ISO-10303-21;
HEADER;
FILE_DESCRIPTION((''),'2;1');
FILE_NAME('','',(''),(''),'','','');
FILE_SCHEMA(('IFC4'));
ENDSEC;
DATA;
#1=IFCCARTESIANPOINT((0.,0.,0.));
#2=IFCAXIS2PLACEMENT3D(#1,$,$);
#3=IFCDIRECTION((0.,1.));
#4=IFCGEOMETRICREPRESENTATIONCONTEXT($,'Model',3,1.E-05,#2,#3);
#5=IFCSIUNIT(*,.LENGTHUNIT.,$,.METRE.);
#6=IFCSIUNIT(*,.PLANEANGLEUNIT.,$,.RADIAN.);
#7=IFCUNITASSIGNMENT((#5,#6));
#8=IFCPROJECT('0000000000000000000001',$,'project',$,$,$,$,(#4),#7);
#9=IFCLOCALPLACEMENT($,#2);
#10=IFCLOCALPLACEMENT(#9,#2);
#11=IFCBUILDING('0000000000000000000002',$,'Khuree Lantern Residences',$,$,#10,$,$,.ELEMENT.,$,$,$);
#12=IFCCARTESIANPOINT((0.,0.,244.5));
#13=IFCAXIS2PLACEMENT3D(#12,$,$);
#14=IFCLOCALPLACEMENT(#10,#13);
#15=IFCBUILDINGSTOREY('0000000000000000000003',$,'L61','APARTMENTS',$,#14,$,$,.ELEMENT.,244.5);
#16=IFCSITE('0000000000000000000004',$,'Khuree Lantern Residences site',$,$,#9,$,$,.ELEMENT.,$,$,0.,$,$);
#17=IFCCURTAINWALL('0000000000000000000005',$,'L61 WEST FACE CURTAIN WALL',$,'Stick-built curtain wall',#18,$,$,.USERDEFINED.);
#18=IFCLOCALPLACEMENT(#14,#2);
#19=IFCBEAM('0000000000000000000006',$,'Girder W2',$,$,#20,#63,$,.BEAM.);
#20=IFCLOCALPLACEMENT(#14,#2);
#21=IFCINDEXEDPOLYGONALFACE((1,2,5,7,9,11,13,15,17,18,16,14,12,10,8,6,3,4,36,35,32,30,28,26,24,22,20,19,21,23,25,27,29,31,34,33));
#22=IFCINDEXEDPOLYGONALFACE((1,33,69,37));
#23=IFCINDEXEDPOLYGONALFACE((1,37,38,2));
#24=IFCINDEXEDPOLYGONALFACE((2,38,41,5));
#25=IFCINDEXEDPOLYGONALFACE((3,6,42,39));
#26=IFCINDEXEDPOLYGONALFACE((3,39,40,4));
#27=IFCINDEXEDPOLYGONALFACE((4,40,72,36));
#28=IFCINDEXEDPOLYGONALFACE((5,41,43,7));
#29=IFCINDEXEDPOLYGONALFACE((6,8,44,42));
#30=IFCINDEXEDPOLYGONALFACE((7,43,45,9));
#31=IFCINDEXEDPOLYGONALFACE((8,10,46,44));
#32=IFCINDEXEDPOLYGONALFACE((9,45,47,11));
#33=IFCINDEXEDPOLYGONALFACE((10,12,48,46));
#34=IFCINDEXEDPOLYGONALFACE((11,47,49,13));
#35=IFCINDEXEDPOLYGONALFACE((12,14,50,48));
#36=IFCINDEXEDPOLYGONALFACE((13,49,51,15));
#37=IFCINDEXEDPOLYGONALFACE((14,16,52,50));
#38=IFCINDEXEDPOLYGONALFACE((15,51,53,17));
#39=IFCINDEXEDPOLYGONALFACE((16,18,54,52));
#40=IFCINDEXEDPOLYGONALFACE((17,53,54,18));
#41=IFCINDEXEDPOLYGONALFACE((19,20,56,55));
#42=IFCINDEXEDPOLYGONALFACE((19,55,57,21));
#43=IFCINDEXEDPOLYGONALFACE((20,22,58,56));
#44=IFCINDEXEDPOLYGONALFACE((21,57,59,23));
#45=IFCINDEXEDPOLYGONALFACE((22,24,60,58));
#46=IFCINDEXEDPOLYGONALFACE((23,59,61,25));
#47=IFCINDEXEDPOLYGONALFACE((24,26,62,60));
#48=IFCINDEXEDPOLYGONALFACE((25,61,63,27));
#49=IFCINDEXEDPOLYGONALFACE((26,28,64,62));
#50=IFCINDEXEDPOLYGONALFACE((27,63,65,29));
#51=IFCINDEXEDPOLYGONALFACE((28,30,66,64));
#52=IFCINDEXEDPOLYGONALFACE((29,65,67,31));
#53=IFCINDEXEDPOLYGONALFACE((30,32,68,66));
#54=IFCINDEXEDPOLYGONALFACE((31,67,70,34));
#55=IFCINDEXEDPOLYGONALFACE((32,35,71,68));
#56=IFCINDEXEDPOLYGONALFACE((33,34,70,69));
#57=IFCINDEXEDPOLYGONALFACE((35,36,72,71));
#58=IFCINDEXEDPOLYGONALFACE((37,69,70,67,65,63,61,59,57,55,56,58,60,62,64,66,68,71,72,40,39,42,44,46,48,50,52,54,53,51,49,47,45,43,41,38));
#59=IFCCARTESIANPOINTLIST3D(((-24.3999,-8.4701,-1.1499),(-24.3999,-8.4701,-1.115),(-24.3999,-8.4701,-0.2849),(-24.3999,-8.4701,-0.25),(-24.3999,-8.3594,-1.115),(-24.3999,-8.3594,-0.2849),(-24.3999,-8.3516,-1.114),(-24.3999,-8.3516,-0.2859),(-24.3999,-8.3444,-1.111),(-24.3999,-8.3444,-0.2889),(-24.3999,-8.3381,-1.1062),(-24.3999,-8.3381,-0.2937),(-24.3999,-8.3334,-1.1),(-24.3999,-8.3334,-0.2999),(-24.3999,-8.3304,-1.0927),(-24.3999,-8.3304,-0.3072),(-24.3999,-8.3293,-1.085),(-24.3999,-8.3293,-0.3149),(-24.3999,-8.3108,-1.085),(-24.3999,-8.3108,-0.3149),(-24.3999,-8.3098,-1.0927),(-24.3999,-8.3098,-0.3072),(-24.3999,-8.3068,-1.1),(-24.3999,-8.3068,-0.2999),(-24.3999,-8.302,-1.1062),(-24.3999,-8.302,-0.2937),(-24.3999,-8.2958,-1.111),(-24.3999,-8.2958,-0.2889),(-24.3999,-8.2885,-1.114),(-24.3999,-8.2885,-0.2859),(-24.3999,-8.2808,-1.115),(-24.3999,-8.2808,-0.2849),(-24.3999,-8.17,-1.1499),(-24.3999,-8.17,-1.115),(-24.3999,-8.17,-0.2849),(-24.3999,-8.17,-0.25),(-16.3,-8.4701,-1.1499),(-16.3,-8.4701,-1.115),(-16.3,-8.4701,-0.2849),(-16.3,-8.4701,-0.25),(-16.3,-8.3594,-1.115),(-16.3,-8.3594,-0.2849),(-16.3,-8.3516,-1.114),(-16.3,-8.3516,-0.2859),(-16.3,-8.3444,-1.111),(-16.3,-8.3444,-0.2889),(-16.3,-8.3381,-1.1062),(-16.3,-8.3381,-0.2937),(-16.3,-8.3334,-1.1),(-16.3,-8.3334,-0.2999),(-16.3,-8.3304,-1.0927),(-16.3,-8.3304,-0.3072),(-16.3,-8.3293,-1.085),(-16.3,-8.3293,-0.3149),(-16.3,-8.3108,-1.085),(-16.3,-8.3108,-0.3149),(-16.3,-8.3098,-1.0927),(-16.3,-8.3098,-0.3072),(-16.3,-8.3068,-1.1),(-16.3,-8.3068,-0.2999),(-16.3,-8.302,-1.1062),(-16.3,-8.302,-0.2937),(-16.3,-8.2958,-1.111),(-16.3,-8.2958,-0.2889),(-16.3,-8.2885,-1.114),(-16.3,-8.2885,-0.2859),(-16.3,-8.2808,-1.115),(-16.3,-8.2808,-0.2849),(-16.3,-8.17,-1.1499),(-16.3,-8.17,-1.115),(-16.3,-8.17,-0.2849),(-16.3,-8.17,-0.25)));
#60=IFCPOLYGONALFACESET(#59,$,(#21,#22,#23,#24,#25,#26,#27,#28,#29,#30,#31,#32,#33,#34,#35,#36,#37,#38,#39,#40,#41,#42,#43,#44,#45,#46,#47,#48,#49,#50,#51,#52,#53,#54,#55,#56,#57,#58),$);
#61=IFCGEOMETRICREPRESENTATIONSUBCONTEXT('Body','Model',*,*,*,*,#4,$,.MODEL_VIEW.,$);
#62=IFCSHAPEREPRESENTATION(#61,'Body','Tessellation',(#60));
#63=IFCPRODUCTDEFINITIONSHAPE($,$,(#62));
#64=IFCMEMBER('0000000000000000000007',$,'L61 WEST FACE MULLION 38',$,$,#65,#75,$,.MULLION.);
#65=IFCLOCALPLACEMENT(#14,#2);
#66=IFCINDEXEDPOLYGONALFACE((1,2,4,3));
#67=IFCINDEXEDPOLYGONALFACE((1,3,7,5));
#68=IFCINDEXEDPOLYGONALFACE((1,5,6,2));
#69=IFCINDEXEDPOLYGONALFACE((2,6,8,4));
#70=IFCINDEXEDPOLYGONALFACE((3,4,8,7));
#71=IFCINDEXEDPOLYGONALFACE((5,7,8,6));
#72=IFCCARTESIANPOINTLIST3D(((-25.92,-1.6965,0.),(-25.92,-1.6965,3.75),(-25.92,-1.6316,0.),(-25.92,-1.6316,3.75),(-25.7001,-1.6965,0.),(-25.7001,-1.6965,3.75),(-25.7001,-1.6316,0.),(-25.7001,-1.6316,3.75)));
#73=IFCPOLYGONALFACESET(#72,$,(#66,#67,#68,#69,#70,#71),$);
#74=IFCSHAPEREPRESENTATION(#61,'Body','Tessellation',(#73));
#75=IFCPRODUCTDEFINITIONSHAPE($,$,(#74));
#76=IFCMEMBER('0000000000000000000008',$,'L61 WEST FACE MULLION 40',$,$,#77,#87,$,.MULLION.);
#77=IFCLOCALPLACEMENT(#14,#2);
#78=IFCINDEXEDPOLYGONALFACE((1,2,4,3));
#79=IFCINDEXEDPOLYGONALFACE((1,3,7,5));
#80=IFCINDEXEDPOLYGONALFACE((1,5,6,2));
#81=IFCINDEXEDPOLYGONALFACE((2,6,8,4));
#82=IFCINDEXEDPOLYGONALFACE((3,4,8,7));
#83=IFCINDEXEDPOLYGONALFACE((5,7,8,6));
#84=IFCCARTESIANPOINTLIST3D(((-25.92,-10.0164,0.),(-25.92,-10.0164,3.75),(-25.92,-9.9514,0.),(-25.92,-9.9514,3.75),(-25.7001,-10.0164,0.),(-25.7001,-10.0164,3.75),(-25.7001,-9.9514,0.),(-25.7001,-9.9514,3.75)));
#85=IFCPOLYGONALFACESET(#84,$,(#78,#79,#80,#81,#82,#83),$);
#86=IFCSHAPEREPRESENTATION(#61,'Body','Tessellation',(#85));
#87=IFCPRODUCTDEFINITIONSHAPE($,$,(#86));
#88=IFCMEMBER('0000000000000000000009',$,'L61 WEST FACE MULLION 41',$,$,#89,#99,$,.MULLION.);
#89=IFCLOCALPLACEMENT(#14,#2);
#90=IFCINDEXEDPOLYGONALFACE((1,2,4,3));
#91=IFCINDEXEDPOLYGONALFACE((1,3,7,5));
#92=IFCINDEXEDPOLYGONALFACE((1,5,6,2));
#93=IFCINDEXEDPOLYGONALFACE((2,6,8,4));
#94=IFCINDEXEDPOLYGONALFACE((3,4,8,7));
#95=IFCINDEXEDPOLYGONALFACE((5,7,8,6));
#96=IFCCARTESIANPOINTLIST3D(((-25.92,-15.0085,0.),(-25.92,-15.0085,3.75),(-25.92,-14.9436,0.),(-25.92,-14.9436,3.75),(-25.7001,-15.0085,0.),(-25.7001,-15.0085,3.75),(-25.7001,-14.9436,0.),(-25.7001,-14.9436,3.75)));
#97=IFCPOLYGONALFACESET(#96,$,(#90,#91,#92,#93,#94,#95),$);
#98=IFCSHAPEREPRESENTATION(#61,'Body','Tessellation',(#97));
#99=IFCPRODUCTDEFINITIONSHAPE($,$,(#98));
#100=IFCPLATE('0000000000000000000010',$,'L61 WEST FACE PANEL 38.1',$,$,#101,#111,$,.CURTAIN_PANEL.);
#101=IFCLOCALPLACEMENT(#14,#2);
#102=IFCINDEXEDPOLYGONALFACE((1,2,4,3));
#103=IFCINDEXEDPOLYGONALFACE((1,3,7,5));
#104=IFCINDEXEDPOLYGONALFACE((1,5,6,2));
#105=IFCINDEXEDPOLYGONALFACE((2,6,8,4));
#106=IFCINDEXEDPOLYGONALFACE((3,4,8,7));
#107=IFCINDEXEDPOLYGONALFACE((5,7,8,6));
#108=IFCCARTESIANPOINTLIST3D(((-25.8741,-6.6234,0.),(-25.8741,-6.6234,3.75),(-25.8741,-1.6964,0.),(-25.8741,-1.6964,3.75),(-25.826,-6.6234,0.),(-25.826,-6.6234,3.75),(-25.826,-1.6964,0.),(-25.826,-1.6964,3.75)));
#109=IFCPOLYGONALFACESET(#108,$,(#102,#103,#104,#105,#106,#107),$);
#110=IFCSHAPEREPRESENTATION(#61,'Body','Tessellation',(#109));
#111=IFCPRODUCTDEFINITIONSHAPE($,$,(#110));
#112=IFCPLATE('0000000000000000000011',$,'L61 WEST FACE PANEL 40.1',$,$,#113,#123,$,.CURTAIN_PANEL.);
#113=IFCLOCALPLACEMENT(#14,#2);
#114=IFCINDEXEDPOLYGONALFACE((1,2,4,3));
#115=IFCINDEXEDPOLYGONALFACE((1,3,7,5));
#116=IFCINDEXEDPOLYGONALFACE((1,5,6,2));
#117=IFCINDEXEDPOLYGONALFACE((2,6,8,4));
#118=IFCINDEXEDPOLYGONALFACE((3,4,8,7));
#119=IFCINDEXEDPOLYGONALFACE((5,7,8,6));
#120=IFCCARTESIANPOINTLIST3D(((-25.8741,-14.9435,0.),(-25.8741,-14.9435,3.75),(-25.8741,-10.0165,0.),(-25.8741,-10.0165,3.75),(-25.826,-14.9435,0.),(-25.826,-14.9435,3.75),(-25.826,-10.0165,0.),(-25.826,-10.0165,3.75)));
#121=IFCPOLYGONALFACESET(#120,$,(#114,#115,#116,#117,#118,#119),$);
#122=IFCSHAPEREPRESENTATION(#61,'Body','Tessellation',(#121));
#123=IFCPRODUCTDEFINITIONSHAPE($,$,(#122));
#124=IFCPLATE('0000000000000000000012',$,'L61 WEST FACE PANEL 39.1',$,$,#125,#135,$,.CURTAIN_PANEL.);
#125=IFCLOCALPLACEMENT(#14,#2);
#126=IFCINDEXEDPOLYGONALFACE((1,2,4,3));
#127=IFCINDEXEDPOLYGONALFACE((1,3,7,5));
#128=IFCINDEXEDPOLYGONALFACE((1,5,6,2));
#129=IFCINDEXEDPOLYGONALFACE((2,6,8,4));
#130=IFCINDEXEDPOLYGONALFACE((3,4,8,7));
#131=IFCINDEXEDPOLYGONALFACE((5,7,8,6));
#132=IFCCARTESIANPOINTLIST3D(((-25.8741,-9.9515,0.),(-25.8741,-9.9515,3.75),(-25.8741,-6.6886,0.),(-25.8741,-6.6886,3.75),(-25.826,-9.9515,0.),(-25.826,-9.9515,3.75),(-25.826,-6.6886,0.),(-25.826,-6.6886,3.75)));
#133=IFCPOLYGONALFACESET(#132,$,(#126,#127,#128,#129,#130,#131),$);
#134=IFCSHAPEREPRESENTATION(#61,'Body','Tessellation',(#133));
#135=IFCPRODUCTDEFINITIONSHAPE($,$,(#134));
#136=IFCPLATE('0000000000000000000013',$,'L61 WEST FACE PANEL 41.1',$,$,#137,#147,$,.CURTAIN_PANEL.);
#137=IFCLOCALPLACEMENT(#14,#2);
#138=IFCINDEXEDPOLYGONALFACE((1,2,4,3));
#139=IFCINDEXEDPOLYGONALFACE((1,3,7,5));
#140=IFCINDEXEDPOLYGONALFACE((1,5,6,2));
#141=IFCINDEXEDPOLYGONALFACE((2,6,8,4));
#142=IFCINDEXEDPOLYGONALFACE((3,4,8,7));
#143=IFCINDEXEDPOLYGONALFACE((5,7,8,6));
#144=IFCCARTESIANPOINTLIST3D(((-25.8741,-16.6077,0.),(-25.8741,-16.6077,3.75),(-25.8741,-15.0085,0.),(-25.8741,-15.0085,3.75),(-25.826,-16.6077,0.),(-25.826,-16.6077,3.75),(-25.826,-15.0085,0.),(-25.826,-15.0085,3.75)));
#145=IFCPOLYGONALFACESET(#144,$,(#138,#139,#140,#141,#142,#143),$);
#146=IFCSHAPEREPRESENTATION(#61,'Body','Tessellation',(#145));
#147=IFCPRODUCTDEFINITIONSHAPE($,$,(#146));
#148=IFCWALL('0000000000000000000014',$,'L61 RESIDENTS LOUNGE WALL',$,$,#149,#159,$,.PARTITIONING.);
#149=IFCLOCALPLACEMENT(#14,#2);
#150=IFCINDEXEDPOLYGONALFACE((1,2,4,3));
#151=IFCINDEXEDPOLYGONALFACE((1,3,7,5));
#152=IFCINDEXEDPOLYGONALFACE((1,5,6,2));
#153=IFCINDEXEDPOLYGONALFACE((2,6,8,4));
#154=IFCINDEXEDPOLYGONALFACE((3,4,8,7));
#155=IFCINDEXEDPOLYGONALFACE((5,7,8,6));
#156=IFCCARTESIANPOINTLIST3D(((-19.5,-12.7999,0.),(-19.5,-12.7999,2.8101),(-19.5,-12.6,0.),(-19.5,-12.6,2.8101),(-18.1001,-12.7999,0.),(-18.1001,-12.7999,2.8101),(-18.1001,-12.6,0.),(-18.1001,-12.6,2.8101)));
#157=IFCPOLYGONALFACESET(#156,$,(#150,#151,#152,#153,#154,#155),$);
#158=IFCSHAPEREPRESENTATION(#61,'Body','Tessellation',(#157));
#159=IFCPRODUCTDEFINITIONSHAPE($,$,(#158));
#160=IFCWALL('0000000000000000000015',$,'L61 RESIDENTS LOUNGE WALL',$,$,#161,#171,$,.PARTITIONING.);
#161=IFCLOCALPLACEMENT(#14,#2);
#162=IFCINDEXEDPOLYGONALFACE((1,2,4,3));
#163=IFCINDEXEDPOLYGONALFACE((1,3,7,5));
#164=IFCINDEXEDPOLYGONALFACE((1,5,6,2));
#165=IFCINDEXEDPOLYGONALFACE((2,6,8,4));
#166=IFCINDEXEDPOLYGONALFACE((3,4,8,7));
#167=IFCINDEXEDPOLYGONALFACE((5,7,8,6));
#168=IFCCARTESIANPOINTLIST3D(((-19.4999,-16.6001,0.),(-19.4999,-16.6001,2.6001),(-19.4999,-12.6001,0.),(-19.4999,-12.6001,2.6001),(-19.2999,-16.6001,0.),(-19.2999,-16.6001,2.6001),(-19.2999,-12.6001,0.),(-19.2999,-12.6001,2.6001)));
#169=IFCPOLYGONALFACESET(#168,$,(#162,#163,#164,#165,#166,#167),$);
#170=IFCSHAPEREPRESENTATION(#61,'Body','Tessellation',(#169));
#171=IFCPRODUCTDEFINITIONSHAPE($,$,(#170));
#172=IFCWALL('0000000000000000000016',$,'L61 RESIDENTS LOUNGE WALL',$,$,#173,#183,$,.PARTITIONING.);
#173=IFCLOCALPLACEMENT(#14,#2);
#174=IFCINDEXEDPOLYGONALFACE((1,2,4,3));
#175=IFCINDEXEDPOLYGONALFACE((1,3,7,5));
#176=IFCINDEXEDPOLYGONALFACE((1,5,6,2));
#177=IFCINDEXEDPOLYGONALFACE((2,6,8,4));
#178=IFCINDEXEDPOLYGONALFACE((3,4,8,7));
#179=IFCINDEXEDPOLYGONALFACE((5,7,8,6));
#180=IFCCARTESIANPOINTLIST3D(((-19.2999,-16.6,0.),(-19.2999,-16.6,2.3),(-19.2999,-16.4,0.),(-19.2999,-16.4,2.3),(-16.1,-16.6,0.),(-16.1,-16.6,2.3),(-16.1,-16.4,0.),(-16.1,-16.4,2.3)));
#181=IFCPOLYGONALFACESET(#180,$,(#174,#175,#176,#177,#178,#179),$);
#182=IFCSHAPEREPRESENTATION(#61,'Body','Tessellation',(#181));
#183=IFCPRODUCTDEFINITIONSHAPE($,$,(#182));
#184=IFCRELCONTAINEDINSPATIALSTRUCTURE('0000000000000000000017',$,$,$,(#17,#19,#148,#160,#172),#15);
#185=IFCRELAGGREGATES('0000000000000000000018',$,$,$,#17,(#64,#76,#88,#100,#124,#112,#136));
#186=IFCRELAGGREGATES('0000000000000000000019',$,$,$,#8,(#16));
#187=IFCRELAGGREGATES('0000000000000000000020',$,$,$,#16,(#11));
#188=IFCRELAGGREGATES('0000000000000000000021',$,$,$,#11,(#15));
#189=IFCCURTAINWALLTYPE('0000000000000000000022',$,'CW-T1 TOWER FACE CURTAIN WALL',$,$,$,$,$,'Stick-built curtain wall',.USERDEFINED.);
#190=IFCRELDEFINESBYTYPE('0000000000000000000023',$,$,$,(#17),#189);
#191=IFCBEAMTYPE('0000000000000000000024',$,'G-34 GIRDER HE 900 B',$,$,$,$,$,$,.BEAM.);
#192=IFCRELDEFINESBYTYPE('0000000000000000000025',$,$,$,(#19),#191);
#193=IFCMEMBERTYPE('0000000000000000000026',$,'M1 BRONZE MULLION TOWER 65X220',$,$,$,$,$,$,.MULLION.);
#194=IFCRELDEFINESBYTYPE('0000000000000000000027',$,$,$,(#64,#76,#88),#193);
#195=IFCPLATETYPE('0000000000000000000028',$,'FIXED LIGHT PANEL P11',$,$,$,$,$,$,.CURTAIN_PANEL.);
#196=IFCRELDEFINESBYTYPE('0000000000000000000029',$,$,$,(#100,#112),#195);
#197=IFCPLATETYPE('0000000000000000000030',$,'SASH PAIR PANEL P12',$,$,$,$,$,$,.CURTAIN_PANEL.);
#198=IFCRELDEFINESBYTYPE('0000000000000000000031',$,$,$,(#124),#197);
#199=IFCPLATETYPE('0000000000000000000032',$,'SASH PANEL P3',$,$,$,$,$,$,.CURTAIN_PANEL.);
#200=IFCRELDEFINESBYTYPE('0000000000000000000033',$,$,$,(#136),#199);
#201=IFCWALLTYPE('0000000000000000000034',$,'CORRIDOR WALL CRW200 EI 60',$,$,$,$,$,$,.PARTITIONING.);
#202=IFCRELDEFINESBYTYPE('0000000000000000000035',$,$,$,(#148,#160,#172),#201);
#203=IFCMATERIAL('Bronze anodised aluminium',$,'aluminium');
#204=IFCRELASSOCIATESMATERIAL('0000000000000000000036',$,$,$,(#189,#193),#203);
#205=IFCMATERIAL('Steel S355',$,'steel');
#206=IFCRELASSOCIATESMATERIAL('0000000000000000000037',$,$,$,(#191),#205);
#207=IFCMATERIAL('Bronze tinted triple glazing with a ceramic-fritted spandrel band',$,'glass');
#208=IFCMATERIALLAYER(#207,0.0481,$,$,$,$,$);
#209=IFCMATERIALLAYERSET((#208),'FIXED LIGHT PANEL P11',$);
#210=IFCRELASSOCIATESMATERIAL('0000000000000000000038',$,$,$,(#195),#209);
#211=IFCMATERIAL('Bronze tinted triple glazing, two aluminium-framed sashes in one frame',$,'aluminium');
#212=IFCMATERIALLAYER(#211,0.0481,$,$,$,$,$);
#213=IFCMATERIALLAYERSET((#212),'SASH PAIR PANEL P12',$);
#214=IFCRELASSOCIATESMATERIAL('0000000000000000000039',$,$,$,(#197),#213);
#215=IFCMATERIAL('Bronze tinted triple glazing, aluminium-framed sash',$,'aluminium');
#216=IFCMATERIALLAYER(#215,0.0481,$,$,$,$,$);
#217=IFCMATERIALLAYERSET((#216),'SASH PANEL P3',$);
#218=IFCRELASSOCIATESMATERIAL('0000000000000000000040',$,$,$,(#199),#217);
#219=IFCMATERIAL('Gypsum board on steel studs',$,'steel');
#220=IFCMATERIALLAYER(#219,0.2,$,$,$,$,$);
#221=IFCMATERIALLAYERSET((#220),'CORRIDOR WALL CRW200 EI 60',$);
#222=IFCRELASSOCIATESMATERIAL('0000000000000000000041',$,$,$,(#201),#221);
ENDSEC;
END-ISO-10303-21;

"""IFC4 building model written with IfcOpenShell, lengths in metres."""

from ifc_helpers import new_model, si_unit, direction, frame, frame_2d, origin, origin_2d, place, context, subcontext, project, spatial, rectangle, i_section, extrude, material, layer, layer_set, material_profile, profile_set, type_object, element, aggregate, save


model = new_model("IFC4")

# Units and contexts
model_context = context("Model", 3, precision=1e-05, world=origin(), true_north=direction((0.0, 1.0)))
body_context = subcontext(model_context, "Body", "Model", "MODEL_VIEW")
ifc_project = project(units=[si_unit("LENGTHUNIT", "METRE"), si_unit("PLANEANGLEUNIT", "RADIAN")], contexts=[model_context])

# Site, building, storey
site_placement = place(None, origin())
site = spatial("IfcSite", under=ifc_project, at=site_placement, Name="Khuree Lantern Residences site", CompositionType="ELEMENT", RefElevation=0.0)
building_placement = place(site_placement, origin())
building = spatial("IfcBuilding", under=site, at=building_placement, Name="Khuree Lantern Residences", CompositionType="ELEMENT")
storey_placement = place(building_placement, frame((0.0, 0.0, 244.5)))
storey = spatial("IfcBuildingStorey", under=building, at=storey_placement, Name="L61", Description="APARTMENTS", CompositionType="ELEMENT", Elevation=244.5)

# Shared definitions
ifc_material_1 = material(Name="Steel S355", Category="steel")

# Curtain wall
ifc_material_2 = material(Name="Bronze anodised aluminium", Category="aluminium")
curtain_wall_type = type_object("IfcCurtainWallType", Name="CW-T1 TOWER FACE CURTAIN WALL", ElementType="Stick-built curtain wall", PredefinedType="USERDEFINED", material=ifc_material_2)
curtain_wall_placement = place(storey_placement, origin())
curtain_wall = element("IfcCurtainWall", 1, at=curtain_wall_placement, inside=storey, type_object=curtain_wall_type, Name="L61 WEST FACE CURTAIN WALL", ObjectType="Stick-built curtain wall", PredefinedType="USERDEFINED")

# Beam
ifc_material_profile_1 = material_profile(ifc_material_1, i_section(OverallWidth=0.3, OverallDepth=0.8999, WebThickness=0.0186, FlangeThickness=0.0349, FilletRadius=0.03, at=origin_2d()), Name="HE 900 B")
ifc_profile_set_1 = profile_set([ifc_material_profile_1], Name="Steel S355")
beam_type_1 = type_object("IfcBeamType", Name="G-34 GIRDER HE 900 B", PredefinedType="BEAM", material=ifc_profile_set_1)
beam_1_placement = place(storey_placement, frame((-24.3999, -8.3201, -0.7), z_axis=(1.0, 0.0, 0.0), x_axis=(0.0, 1.0, 0.0)))
element("IfcBeam", 2, at=beam_1_placement, inside=storey, type_object=beam_type_1, Name="Girder W2", PredefinedType="BEAM", context=body_context, shape_type="SweptSolid", body=[
    extrude(i_section(OverallWidth=0.3, OverallDepth=0.8999, WebThickness=0.0186, FlangeThickness=0.0349, FilletRadius=0.03, at=origin_2d()), origin(), (0.0, 0.0, 1.0), 8.0999),
])

# Members
ifc_material_profile_2 = material_profile(ifc_material_2, rectangle(XDim=0.0649, YDim=0.22, at=origin_2d()), Name="M1 65X220")
ifc_profile_set_2 = profile_set([ifc_material_profile_2], Name="Bronze anodised aluminium")
member_type_1 = type_object("IfcMemberType", Name="M1 BRONZE MULLION TOWER 65X220", PredefinedType="MULLION", material=ifc_profile_set_2)
member_1_placement = place(storey_placement, frame((-25.8101, -1.6641, 0.0), z_axis=(0.0, 0.0, 1.0), x_axis=(0.0, -1.0, 0.0)))
member_1 = element("IfcMember", 3, at=member_1_placement, type_object=member_type_1, Name="L61 WEST FACE MULLION 38", PredefinedType="MULLION", context=body_context, shape_type="SweptSolid", body=[
    extrude(rectangle(XDim=0.0649, YDim=0.22, at=origin_2d()), origin(), (0.0, 0.0, 1.0), 3.75),
])
member_2_placement = place(storey_placement, frame((-25.8101, -9.9839, 0.0), z_axis=(0.0, 0.0, 1.0), x_axis=(0.0, -1.0, 0.0)))
member_2 = element("IfcMember", 4, at=member_2_placement, type_object=member_type_1, Name="L61 WEST FACE MULLION 40", PredefinedType="MULLION", context=body_context, shape_type="SweptSolid", body=[
    extrude(rectangle(XDim=0.0649, YDim=0.22, at=origin_2d()), origin(), (0.0, 0.0, 1.0), 3.75),
])
member_3_placement = place(storey_placement, frame((-25.8101, -14.9761, 0.0), z_axis=(0.0, 0.0, 1.0), x_axis=(0.0, -1.0, 0.0)))
member_3 = element("IfcMember", 5, at=member_3_placement, type_object=member_type_1, Name="L61 WEST FACE MULLION 41", PredefinedType="MULLION", context=body_context, shape_type="SweptSolid", body=[
    extrude(rectangle(XDim=0.0649, YDim=0.22, at=origin_2d()), origin(), (0.0, 0.0, 1.0), 3.75),
])

# Plates
ifc_material_3 = material(Name="Bronze tinted triple glazing with a ceramic-fritted spandrel band", Category="glass")
ifc_layer_1 = layer(ifc_material_3, 0.0481)
ifc_layer_set_1 = layer_set([ifc_layer_1], Name="FIXED LIGHT PANEL P11")
plate_type_1 = type_object("IfcPlateType", Name="FIXED LIGHT PANEL P11", PredefinedType="CURTAIN_PANEL", material=ifc_layer_set_1)
plate_1_placement = place(storey_placement, frame((-25.8501, -4.1599, 0.0), z_axis=(0.0, 0.0, 1.0), x_axis=(0.0, -1.0, 0.0)))
plate_1 = element("IfcPlate", 6, at=plate_1_placement, type_object=plate_type_1, Name="L61 WEST FACE PANEL 38.1", PredefinedType="CURTAIN_PANEL", context=body_context, shape_type="SweptSolid", body=[
    extrude(rectangle(XDim=4.927, YDim=0.0481, at=origin_2d()), origin(), (0.0, 0.0, 1.0), 3.75),
])
plate_2_placement = place(storey_placement, frame((-25.8501, -12.48, 0.0), z_axis=(0.0, 0.0, 1.0), x_axis=(0.0, -1.0, 0.0)))
plate_2 = element("IfcPlate", 7, at=plate_2_placement, type_object=plate_type_1, Name="L61 WEST FACE PANEL 40.1", PredefinedType="CURTAIN_PANEL", context=body_context, shape_type="SweptSolid", body=[
    extrude(rectangle(XDim=4.927, YDim=0.0481, at=origin_2d()), origin(), (0.0, 0.0, 1.0), 3.75),
])
ifc_material_4 = material(Name="Bronze tinted triple glazing, two aluminium-framed sashes in one frame", Category="aluminium")
ifc_layer_2 = layer(ifc_material_4, 0.0481)
ifc_layer_set_2 = layer_set([ifc_layer_2], Name="SASH PAIR PANEL P12")
plate_type_2 = type_object("IfcPlateType", Name="SASH PAIR PANEL P12", PredefinedType="CURTAIN_PANEL", material=ifc_layer_set_2)
plate_3_placement = place(storey_placement, frame((-25.8501, -8.3201, 0.0), z_axis=(0.0, 0.0, 1.0), x_axis=(0.0, -1.0, 0.0)))
plate_3 = element("IfcPlate", 8, at=plate_3_placement, type_object=plate_type_2, Name="L61 WEST FACE PANEL 39.1", PredefinedType="CURTAIN_PANEL", context=body_context, shape_type="SweptSolid", body=[
    extrude(rectangle(XDim=3.2629, YDim=0.0481, at=origin_2d()), origin(), (0.0, 0.0, 1.0), 3.75),
])
ifc_material_5 = material(Name="Bronze tinted triple glazing, aluminium-framed sash", Category="aluminium")
ifc_layer_3 = layer(ifc_material_5, 0.0481)
ifc_layer_set_3 = layer_set([ifc_layer_3], Name="SASH PANEL P3")
plate_type_3 = type_object("IfcPlateType", Name="SASH PANEL P3", PredefinedType="CURTAIN_PANEL", material=ifc_layer_set_3)
plate_4_placement = place(storey_placement, frame((-25.8501, -15.8081, 0.0), z_axis=(0.0, 0.0, 1.0), x_axis=(0.0, -1.0, 0.0)))
plate_4 = element("IfcPlate", 9, at=plate_4_placement, type_object=plate_type_3, Name="L61 WEST FACE PANEL 41.1", PredefinedType="CURTAIN_PANEL", context=body_context, shape_type="SweptSolid", body=[
    extrude(rectangle(XDim=1.5991, YDim=0.0481, at=origin_2d()), origin(), (0.0, 0.0, 1.0), 3.75),
])
aggregate(curtain_wall, [member_1, member_2, member_3, plate_1, plate_3, plate_2, plate_4])

# Walls
ifc_material_6 = material(Name="Gypsum board on steel studs", Category="steel")
ifc_layer_4 = layer(ifc_material_6, 0.2)
ifc_layer_set_4 = layer_set([ifc_layer_4], Name="CORRIDOR WALL CRW200 EI 60")
wall_type_1 = type_object("IfcWallType", Name="CORRIDOR WALL CRW200 EI 60", PredefinedType="PARTITIONING", material=ifc_layer_set_4)
wall_1_placement = place(storey_placement, frame((-18.1001, -12.7, 0.0), z_axis=(0.0, 0.0, 1.0), x_axis=(-1.0, 0.0, 0.0)))
element("IfcWall", 10, at=wall_1_placement, inside=storey, type_object=wall_type_1, Name="L61 RESIDENTS LOUNGE WALL", PredefinedType="PARTITIONING", context=body_context, shape_type="SweptSolid", body=[
    extrude(rectangle(XDim=1.3999, YDim=0.2, at=frame_2d((0.7, 0.0))), origin(), (0.0, 0.0, 1.0), 2.8101),
])
wall_2_placement = place(storey_placement, frame((-19.3999, -12.6001, 0.0), z_axis=(0.0, 0.0, 1.0), x_axis=(0.0, -1.0, 0.0)))
element("IfcWall", 11, at=wall_2_placement, inside=storey, type_object=wall_type_1, Name="L61 RESIDENTS LOUNGE WALL", PredefinedType="PARTITIONING", context=body_context, shape_type="SweptSolid", body=[
    extrude(rectangle(XDim=4.0, YDim=0.2, at=frame_2d((2.0, 0.0))), origin(), (0.0, 0.0, 1.0), 2.6001),
])
wall_3_placement = place(storey_placement, frame((-19.3, -16.5, 0.0), z_axis=(0.0, 0.0, 1.0), x_axis=(1.0, 0.0, 0.0)))
element("IfcWall", 12, at=wall_3_placement, inside=storey, type_object=wall_type_1, Name="L61 RESIDENTS LOUNGE WALL", PredefinedType="PARTITIONING", context=body_context, shape_type="SweptSolid", body=[
    extrude(rectangle(XDim=3.2, YDim=0.2, at=frame_2d((1.6001, 0.0))), origin(), (0.0, 0.0, 1.0), 2.3),
])

save(model, "model.ifc")
